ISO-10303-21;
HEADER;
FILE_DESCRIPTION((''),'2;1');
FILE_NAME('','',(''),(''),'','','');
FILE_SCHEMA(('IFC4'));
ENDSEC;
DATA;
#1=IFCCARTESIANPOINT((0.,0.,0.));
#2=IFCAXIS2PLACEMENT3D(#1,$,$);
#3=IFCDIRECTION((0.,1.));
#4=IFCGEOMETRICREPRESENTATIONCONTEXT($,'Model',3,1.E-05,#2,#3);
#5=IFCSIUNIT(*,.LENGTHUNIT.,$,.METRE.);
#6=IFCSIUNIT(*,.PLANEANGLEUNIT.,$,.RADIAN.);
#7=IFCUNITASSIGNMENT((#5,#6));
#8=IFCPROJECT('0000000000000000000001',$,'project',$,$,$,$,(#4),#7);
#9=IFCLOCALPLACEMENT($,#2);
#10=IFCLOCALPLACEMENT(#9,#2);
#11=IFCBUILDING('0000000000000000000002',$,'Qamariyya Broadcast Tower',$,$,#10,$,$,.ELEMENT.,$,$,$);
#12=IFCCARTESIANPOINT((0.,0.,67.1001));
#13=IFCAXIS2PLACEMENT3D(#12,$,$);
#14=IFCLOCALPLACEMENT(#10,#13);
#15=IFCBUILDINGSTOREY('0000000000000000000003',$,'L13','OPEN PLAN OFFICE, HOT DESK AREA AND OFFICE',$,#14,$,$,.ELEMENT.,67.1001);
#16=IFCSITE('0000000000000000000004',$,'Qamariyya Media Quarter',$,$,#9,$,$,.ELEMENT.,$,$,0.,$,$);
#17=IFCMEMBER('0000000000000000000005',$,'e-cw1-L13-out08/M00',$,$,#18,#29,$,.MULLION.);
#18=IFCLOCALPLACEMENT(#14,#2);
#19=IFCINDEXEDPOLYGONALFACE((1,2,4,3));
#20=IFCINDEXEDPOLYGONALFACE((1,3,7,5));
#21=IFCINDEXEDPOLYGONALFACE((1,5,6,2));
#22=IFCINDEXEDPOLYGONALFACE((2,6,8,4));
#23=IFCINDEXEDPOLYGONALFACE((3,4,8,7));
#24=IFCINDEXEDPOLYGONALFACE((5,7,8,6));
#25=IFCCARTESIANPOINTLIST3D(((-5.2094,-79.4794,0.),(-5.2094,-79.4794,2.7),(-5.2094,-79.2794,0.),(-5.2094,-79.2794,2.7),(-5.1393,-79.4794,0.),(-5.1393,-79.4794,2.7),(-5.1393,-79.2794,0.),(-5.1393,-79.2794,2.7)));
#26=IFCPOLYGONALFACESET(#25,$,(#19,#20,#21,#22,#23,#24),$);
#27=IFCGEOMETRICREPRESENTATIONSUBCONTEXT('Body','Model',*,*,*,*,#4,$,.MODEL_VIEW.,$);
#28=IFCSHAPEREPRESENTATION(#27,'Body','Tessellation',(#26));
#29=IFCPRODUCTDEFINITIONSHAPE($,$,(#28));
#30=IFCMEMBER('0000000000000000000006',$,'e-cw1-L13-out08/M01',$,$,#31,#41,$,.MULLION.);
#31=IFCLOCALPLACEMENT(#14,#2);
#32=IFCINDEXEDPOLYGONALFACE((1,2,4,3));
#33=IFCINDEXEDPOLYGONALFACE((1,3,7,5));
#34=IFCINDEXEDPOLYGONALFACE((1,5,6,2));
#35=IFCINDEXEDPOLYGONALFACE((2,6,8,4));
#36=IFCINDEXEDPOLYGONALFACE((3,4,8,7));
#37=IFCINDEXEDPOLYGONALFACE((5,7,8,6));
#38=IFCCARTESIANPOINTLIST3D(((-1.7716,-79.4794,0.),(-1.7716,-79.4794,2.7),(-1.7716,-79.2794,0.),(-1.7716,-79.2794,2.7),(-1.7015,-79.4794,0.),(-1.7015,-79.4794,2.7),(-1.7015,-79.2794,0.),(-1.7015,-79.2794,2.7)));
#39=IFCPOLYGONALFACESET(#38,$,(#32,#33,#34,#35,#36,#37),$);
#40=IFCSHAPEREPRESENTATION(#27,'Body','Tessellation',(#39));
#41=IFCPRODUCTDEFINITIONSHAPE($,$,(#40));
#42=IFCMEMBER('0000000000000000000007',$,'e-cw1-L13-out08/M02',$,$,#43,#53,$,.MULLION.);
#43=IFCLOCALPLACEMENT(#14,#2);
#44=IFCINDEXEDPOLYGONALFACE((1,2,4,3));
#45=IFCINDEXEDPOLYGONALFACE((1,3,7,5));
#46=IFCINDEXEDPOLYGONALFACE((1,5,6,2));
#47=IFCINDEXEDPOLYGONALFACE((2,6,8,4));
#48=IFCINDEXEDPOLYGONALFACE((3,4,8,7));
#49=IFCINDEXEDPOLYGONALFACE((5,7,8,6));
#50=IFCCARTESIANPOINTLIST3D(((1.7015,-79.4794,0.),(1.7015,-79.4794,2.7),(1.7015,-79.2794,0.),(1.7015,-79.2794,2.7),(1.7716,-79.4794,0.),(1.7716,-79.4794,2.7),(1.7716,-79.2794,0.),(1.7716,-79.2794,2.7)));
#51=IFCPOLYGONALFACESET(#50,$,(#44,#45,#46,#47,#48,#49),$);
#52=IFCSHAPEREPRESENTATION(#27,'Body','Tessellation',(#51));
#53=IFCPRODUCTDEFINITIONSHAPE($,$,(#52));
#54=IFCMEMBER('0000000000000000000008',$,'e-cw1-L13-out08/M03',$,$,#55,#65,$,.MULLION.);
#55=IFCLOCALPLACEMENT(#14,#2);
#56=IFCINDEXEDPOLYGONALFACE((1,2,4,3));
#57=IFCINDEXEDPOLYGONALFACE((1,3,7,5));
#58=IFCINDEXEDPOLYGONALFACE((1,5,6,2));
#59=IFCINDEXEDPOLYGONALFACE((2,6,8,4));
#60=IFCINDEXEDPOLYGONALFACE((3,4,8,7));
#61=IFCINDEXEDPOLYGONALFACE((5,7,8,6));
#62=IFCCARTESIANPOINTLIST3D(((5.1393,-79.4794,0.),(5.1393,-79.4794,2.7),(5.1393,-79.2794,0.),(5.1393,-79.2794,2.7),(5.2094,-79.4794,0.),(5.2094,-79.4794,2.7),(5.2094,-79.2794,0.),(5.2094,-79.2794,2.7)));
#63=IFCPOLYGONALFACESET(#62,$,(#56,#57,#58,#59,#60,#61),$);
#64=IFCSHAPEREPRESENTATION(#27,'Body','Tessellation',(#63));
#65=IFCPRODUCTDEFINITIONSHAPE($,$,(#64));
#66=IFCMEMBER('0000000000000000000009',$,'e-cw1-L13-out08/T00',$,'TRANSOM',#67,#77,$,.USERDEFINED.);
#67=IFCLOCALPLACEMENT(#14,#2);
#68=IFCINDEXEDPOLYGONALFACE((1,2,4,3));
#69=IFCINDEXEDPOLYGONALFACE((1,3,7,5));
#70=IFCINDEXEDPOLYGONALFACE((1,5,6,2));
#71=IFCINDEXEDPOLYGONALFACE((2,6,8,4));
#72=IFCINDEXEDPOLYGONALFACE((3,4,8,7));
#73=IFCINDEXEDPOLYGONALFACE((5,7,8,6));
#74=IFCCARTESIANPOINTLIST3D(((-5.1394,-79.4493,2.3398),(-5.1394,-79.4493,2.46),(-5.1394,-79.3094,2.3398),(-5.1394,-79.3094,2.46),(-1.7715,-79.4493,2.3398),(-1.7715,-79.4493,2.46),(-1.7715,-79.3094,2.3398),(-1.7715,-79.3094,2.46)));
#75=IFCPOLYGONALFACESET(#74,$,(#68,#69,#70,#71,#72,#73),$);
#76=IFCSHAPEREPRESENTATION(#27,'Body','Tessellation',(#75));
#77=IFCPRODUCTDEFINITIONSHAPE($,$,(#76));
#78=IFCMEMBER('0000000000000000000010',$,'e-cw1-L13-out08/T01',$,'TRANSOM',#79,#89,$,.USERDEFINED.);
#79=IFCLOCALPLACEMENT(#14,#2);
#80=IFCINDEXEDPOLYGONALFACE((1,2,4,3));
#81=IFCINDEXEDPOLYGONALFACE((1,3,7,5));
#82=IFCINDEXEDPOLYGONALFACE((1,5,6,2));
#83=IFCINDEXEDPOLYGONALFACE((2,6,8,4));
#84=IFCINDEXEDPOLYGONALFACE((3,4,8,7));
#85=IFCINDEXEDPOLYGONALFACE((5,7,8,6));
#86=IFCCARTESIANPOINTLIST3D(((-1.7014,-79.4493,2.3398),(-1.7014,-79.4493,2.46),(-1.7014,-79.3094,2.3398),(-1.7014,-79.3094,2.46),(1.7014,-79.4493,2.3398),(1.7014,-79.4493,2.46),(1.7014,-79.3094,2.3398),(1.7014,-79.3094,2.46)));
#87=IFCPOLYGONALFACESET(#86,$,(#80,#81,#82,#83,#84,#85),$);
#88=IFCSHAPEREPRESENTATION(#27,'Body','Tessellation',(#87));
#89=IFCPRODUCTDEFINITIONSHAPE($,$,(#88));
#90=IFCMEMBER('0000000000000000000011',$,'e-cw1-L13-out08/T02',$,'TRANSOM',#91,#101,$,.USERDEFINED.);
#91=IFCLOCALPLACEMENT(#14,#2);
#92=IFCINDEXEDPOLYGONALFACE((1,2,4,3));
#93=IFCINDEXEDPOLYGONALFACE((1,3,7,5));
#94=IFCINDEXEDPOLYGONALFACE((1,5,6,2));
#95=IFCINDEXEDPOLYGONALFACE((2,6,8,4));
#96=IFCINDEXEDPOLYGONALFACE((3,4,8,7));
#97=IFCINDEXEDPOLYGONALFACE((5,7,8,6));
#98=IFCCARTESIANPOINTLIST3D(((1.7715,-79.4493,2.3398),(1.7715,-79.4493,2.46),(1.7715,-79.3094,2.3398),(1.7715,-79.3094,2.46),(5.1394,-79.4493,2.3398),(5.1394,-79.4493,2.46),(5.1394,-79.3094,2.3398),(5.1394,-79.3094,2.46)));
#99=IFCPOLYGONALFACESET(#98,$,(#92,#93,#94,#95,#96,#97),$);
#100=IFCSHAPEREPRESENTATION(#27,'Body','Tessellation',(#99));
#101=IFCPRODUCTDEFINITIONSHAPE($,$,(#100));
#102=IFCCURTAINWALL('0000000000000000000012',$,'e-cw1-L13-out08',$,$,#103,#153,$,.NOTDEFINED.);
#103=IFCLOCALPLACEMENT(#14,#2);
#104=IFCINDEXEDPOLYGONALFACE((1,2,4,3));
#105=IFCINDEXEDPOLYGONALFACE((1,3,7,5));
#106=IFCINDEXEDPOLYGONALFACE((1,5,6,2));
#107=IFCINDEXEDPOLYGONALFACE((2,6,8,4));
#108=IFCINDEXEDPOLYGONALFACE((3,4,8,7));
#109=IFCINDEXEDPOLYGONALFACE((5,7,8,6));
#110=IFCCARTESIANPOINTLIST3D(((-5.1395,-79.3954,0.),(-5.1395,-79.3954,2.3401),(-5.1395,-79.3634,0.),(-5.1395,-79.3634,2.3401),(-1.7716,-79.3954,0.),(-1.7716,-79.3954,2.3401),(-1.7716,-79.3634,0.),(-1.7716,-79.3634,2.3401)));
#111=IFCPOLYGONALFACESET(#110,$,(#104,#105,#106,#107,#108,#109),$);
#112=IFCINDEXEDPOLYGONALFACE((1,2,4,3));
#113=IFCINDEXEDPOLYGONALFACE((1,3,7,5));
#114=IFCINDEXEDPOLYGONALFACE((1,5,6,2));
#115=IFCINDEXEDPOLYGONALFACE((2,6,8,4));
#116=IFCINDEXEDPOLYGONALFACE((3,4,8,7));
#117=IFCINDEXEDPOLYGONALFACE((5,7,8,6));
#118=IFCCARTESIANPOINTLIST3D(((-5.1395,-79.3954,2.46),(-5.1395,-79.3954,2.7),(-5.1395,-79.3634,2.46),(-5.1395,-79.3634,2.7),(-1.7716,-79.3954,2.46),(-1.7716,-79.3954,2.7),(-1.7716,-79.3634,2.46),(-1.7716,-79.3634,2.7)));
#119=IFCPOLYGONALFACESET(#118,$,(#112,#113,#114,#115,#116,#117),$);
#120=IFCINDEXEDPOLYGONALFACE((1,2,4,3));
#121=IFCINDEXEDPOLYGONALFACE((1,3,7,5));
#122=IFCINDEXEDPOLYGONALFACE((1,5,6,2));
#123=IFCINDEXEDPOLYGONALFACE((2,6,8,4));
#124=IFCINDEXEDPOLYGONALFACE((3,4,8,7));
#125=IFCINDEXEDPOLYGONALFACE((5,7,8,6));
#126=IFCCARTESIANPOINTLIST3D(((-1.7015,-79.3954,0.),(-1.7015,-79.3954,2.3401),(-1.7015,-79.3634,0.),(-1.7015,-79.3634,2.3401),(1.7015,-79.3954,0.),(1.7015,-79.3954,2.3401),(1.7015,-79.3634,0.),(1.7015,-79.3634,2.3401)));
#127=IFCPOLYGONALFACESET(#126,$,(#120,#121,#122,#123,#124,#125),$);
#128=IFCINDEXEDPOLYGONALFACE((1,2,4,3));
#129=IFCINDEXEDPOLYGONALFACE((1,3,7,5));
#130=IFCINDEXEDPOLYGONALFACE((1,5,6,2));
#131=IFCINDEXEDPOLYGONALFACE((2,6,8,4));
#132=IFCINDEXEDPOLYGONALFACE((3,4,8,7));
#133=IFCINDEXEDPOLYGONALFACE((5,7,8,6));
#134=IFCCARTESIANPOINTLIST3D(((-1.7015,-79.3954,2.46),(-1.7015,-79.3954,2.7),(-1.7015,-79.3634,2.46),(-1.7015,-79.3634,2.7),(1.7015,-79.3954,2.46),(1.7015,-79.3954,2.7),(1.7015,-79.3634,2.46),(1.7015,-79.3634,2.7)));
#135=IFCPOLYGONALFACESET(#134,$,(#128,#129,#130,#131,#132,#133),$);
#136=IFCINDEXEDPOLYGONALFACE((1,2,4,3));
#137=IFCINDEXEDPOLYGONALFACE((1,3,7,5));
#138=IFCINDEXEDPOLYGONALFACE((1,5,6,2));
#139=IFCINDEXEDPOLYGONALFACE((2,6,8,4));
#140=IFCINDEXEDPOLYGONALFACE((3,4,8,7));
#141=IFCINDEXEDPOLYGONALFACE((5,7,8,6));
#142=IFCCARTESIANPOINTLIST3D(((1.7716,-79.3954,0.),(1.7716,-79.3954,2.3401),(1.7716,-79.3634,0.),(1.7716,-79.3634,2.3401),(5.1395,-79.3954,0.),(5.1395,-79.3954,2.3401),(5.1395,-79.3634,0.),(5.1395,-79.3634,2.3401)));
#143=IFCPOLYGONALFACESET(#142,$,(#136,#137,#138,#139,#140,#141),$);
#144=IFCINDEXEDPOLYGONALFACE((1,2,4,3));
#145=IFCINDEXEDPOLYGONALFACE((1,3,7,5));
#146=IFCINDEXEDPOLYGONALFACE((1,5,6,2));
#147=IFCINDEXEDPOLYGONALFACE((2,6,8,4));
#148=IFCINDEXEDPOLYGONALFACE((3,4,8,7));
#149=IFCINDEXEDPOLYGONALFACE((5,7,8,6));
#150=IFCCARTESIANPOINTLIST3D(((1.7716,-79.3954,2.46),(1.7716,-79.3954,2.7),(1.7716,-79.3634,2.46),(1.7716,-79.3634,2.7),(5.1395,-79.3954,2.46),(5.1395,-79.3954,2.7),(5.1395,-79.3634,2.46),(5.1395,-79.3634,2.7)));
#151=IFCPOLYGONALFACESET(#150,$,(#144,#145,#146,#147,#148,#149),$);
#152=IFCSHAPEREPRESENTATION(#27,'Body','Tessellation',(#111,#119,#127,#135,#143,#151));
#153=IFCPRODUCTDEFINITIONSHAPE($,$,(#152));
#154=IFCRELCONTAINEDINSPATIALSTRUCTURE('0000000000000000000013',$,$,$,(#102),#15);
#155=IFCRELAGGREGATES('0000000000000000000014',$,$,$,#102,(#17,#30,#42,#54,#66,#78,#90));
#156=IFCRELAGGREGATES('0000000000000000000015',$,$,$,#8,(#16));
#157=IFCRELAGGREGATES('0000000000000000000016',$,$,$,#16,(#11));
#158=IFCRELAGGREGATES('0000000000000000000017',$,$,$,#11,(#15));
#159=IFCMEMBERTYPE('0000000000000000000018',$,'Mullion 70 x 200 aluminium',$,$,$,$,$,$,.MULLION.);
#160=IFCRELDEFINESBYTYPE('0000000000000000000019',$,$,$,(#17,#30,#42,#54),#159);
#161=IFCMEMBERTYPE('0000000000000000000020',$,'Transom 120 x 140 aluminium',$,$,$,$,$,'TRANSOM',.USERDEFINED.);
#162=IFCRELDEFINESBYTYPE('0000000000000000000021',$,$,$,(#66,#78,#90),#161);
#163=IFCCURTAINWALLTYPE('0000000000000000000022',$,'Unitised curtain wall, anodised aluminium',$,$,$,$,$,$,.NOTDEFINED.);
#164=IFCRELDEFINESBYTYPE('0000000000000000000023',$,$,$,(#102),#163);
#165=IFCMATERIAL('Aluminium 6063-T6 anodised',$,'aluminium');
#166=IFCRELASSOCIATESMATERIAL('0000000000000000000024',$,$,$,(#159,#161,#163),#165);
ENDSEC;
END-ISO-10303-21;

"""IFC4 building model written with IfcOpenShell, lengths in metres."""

from ifc_helpers import new_model, si_unit, direction, frame, origin, origin_2d, place, context, subcontext, project, spatial, rectangle, extrude, material, material_profile, profile_set, type_object, element, aggregate, save


model = new_model("IFC4")

# Units and contexts
model_context = context("Model", 3, precision=1e-05, world=origin(), true_north=direction((0.0, 1.0)))
body_context = subcontext(model_context, "Body", "Model", "MODEL_VIEW")
ifc_project = project(units=[si_unit("LENGTHUNIT", "METRE"), si_unit("PLANEANGLEUNIT", "RADIAN")], contexts=[model_context])

# Members
ifc_material = material(Name="Aluminium 6063-T6 anodised", Category="aluminium")
ifc_material_profile_1 = material_profile(ifc_material, rectangle(XDim=0.2, YDim=0.0701, at=origin_2d()))
ifc_profile_set_1 = profile_set([ifc_material_profile_1], Name="Aluminium 6063-T6 anodised")
member_type_1 = type_object("IfcMemberType", Name="Mullion 70 x 200 aluminium", PredefinedType="MULLION", material=ifc_profile_set_1)
site_placement = place(None, origin())
building_placement = place(site_placement, origin())
storey_placement = place(building_placement, frame((0.0, 0.0, 67.1001)))
member_1_placement = place(storey_placement, frame((-5.1743, -79.3794, 0.0), z_axis=(0.0, 0.0, 1.0), x_axis=(0.0, 1.0, 0.0)))
member_1 = element("IfcMember", 1, at=member_1_placement, type_object=member_type_1, Name="e-cw1-L13-out08/M00", PredefinedType="MULLION", context=body_context, shape_type="SweptSolid", body=[
    extrude(rectangle(XDim=0.2, YDim=0.0701, at=origin_2d()), origin(), (0.0, 0.0, 1.0), 2.7),
])
member_2_placement = place(storey_placement, frame((-1.7366, -79.3794, 0.0), z_axis=(0.0, 0.0, 1.0), x_axis=(0.0, 1.0, 0.0)))
member_2 = element("IfcMember", 2, at=member_2_placement, type_object=member_type_1, Name="e-cw1-L13-out08/M01", PredefinedType="MULLION", context=body_context, shape_type="SweptSolid", body=[
    extrude(rectangle(XDim=0.2, YDim=0.0701, at=origin_2d()), origin(), (0.0, 0.0, 1.0), 2.7),
])
member_3_placement = place(storey_placement, frame((1.7366, -79.3794, 0.0), z_axis=(0.0, 0.0, 1.0), x_axis=(0.0, 1.0, 0.0)))
member_3 = element("IfcMember", 3, at=member_3_placement, type_object=member_type_1, Name="e-cw1-L13-out08/M02", PredefinedType="MULLION", context=body_context, shape_type="SweptSolid", body=[
    extrude(rectangle(XDim=0.2, YDim=0.0701, at=origin_2d()), origin(), (0.0, 0.0, 1.0), 2.7),
])
member_4_placement = place(storey_placement, frame((5.1743, -79.3794, 0.0), z_axis=(0.0, 0.0, 1.0), x_axis=(0.0, 1.0, 0.0)))
member_4 = element("IfcMember", 4, at=member_4_placement, type_object=member_type_1, Name="e-cw1-L13-out08/M03", PredefinedType="MULLION", context=body_context, shape_type="SweptSolid", body=[
    extrude(rectangle(XDim=0.2, YDim=0.0701, at=origin_2d()), origin(), (0.0, 0.0, 1.0), 2.7),
])
ifc_material_profile_2 = material_profile(ifc_material, rectangle(XDim=0.1399, YDim=0.1201, at=origin_2d()))
ifc_profile_set_2 = profile_set([ifc_material_profile_2], Name="Aluminium 6063-T6 anodised")
member_type_2 = type_object("IfcMemberType", Name="Transom 120 x 140 aluminium", ElementType="TRANSOM", PredefinedType="USERDEFINED", material=ifc_profile_set_2)
member_5_placement = place(storey_placement, frame((-5.1394, -79.3794, 2.3999), z_axis=(1.0, 0.0, 0.0), x_axis=(0.0, 1.0, 0.0)))
member_5 = element("IfcMember", 5, at=member_5_placement, type_object=member_type_2, Name="e-cw1-L13-out08/T00", ObjectType="TRANSOM", PredefinedType="USERDEFINED", context=body_context, shape_type="SweptSolid", body=[
    extrude(rectangle(XDim=0.1399, YDim=0.1201, at=origin_2d()), origin(), (0.0, 0.0, 1.0), 3.3679),
])
member_6_placement = place(storey_placement, frame((-1.7014, -79.3794, 2.3999), z_axis=(1.0, 0.0, 0.0), x_axis=(0.0, 1.0, 0.0)))
member_6 = element("IfcMember", 6, at=member_6_placement, type_object=member_type_2, Name="e-cw1-L13-out08/T01", ObjectType="TRANSOM", PredefinedType="USERDEFINED", context=body_context, shape_type="SweptSolid", body=[
    extrude(rectangle(XDim=0.1399, YDim=0.1201, at=origin_2d()), origin(), (0.0, 0.0, 1.0), 3.4028),
])
member_7_placement = place(storey_placement, frame((1.7715, -79.3794, 2.3999), z_axis=(1.0, 0.0, 0.0), x_axis=(0.0, 1.0, 0.0)))
member_7 = element("IfcMember", 7, at=member_7_placement, type_object=member_type_2, Name="e-cw1-L13-out08/T02", ObjectType="TRANSOM", PredefinedType="USERDEFINED", context=body_context, shape_type="SweptSolid", body=[
    extrude(rectangle(XDim=0.1399, YDim=0.1201, at=origin_2d()), origin(), (0.0, 0.0, 1.0), 3.3679),
])

# Site, building, storey
site = spatial("IfcSite", under=ifc_project, at=site_placement, Name="Qamariyya Media Quarter", CompositionType="ELEMENT", RefElevation=0.0)
building = spatial("IfcBuilding", under=site, at=building_placement, Name="Qamariyya Broadcast Tower", CompositionType="ELEMENT")
storey = spatial("IfcBuildingStorey", under=building, at=storey_placement, Name="L13", Description="OPEN PLAN OFFICE, HOT DESK AREA AND OFFICE", CompositionType="ELEMENT", Elevation=67.1001)

# Curtain wall
curtain_wall_type = type_object("IfcCurtainWallType", Name="Unitised curtain wall, anodised aluminium", PredefinedType="NOTDEFINED", material=ifc_material)
curtain_wall_1_placement = place(storey_placement, origin())
curtain_wall_1 = element("IfcCurtainWall", 8, at=curtain_wall_1_placement, inside=storey, type_object=curtain_wall_type, Name="e-cw1-L13-out08", PredefinedType="NOTDEFINED", context=body_context, shape_type="SweptSolid", body=[
    extrude(rectangle(XDim=3.3679, YDim=0.032, at=origin_2d()), frame((-3.4556, -79.3794, 0.0), x_axis=(1.0, 0.0, 0.0)), (0.0, 0.0, 1.0), 2.3401),
    extrude(rectangle(XDim=3.3679, YDim=0.032, at=origin_2d()), frame((-3.4556, -79.3794, 2.46), x_axis=(1.0, 0.0, 0.0)), (0.0, 0.0, 1.0), 0.24),
    extrude(rectangle(XDim=3.4031, YDim=0.032, at=origin_2d()), frame((0.0, -79.3794, 0.0), x_axis=(1.0, 0.0, 0.0)), (0.0, 0.0, 1.0), 2.3401),
    extrude(rectangle(XDim=3.4031, YDim=0.032, at=origin_2d()), frame((0.0, -79.3794, 2.46), x_axis=(1.0, 0.0, 0.0)), (0.0, 0.0, 1.0), 0.24),
    extrude(rectangle(XDim=3.3679, YDim=0.032, at=origin_2d()), frame((3.4556, -79.3794, 0.0), x_axis=(1.0, 0.0, 0.0)), (0.0, 0.0, 1.0), 2.3401),
    extrude(rectangle(XDim=3.3679, YDim=0.032, at=origin_2d()), frame((3.4556, -79.3794, 2.46), x_axis=(1.0, 0.0, 0.0)), (0.0, 0.0, 1.0), 0.24),
])
aggregate(curtain_wall_1, [member_1, member_2, member_3, member_4, member_5, member_6, member_7])

save(model, "model.ifc")
